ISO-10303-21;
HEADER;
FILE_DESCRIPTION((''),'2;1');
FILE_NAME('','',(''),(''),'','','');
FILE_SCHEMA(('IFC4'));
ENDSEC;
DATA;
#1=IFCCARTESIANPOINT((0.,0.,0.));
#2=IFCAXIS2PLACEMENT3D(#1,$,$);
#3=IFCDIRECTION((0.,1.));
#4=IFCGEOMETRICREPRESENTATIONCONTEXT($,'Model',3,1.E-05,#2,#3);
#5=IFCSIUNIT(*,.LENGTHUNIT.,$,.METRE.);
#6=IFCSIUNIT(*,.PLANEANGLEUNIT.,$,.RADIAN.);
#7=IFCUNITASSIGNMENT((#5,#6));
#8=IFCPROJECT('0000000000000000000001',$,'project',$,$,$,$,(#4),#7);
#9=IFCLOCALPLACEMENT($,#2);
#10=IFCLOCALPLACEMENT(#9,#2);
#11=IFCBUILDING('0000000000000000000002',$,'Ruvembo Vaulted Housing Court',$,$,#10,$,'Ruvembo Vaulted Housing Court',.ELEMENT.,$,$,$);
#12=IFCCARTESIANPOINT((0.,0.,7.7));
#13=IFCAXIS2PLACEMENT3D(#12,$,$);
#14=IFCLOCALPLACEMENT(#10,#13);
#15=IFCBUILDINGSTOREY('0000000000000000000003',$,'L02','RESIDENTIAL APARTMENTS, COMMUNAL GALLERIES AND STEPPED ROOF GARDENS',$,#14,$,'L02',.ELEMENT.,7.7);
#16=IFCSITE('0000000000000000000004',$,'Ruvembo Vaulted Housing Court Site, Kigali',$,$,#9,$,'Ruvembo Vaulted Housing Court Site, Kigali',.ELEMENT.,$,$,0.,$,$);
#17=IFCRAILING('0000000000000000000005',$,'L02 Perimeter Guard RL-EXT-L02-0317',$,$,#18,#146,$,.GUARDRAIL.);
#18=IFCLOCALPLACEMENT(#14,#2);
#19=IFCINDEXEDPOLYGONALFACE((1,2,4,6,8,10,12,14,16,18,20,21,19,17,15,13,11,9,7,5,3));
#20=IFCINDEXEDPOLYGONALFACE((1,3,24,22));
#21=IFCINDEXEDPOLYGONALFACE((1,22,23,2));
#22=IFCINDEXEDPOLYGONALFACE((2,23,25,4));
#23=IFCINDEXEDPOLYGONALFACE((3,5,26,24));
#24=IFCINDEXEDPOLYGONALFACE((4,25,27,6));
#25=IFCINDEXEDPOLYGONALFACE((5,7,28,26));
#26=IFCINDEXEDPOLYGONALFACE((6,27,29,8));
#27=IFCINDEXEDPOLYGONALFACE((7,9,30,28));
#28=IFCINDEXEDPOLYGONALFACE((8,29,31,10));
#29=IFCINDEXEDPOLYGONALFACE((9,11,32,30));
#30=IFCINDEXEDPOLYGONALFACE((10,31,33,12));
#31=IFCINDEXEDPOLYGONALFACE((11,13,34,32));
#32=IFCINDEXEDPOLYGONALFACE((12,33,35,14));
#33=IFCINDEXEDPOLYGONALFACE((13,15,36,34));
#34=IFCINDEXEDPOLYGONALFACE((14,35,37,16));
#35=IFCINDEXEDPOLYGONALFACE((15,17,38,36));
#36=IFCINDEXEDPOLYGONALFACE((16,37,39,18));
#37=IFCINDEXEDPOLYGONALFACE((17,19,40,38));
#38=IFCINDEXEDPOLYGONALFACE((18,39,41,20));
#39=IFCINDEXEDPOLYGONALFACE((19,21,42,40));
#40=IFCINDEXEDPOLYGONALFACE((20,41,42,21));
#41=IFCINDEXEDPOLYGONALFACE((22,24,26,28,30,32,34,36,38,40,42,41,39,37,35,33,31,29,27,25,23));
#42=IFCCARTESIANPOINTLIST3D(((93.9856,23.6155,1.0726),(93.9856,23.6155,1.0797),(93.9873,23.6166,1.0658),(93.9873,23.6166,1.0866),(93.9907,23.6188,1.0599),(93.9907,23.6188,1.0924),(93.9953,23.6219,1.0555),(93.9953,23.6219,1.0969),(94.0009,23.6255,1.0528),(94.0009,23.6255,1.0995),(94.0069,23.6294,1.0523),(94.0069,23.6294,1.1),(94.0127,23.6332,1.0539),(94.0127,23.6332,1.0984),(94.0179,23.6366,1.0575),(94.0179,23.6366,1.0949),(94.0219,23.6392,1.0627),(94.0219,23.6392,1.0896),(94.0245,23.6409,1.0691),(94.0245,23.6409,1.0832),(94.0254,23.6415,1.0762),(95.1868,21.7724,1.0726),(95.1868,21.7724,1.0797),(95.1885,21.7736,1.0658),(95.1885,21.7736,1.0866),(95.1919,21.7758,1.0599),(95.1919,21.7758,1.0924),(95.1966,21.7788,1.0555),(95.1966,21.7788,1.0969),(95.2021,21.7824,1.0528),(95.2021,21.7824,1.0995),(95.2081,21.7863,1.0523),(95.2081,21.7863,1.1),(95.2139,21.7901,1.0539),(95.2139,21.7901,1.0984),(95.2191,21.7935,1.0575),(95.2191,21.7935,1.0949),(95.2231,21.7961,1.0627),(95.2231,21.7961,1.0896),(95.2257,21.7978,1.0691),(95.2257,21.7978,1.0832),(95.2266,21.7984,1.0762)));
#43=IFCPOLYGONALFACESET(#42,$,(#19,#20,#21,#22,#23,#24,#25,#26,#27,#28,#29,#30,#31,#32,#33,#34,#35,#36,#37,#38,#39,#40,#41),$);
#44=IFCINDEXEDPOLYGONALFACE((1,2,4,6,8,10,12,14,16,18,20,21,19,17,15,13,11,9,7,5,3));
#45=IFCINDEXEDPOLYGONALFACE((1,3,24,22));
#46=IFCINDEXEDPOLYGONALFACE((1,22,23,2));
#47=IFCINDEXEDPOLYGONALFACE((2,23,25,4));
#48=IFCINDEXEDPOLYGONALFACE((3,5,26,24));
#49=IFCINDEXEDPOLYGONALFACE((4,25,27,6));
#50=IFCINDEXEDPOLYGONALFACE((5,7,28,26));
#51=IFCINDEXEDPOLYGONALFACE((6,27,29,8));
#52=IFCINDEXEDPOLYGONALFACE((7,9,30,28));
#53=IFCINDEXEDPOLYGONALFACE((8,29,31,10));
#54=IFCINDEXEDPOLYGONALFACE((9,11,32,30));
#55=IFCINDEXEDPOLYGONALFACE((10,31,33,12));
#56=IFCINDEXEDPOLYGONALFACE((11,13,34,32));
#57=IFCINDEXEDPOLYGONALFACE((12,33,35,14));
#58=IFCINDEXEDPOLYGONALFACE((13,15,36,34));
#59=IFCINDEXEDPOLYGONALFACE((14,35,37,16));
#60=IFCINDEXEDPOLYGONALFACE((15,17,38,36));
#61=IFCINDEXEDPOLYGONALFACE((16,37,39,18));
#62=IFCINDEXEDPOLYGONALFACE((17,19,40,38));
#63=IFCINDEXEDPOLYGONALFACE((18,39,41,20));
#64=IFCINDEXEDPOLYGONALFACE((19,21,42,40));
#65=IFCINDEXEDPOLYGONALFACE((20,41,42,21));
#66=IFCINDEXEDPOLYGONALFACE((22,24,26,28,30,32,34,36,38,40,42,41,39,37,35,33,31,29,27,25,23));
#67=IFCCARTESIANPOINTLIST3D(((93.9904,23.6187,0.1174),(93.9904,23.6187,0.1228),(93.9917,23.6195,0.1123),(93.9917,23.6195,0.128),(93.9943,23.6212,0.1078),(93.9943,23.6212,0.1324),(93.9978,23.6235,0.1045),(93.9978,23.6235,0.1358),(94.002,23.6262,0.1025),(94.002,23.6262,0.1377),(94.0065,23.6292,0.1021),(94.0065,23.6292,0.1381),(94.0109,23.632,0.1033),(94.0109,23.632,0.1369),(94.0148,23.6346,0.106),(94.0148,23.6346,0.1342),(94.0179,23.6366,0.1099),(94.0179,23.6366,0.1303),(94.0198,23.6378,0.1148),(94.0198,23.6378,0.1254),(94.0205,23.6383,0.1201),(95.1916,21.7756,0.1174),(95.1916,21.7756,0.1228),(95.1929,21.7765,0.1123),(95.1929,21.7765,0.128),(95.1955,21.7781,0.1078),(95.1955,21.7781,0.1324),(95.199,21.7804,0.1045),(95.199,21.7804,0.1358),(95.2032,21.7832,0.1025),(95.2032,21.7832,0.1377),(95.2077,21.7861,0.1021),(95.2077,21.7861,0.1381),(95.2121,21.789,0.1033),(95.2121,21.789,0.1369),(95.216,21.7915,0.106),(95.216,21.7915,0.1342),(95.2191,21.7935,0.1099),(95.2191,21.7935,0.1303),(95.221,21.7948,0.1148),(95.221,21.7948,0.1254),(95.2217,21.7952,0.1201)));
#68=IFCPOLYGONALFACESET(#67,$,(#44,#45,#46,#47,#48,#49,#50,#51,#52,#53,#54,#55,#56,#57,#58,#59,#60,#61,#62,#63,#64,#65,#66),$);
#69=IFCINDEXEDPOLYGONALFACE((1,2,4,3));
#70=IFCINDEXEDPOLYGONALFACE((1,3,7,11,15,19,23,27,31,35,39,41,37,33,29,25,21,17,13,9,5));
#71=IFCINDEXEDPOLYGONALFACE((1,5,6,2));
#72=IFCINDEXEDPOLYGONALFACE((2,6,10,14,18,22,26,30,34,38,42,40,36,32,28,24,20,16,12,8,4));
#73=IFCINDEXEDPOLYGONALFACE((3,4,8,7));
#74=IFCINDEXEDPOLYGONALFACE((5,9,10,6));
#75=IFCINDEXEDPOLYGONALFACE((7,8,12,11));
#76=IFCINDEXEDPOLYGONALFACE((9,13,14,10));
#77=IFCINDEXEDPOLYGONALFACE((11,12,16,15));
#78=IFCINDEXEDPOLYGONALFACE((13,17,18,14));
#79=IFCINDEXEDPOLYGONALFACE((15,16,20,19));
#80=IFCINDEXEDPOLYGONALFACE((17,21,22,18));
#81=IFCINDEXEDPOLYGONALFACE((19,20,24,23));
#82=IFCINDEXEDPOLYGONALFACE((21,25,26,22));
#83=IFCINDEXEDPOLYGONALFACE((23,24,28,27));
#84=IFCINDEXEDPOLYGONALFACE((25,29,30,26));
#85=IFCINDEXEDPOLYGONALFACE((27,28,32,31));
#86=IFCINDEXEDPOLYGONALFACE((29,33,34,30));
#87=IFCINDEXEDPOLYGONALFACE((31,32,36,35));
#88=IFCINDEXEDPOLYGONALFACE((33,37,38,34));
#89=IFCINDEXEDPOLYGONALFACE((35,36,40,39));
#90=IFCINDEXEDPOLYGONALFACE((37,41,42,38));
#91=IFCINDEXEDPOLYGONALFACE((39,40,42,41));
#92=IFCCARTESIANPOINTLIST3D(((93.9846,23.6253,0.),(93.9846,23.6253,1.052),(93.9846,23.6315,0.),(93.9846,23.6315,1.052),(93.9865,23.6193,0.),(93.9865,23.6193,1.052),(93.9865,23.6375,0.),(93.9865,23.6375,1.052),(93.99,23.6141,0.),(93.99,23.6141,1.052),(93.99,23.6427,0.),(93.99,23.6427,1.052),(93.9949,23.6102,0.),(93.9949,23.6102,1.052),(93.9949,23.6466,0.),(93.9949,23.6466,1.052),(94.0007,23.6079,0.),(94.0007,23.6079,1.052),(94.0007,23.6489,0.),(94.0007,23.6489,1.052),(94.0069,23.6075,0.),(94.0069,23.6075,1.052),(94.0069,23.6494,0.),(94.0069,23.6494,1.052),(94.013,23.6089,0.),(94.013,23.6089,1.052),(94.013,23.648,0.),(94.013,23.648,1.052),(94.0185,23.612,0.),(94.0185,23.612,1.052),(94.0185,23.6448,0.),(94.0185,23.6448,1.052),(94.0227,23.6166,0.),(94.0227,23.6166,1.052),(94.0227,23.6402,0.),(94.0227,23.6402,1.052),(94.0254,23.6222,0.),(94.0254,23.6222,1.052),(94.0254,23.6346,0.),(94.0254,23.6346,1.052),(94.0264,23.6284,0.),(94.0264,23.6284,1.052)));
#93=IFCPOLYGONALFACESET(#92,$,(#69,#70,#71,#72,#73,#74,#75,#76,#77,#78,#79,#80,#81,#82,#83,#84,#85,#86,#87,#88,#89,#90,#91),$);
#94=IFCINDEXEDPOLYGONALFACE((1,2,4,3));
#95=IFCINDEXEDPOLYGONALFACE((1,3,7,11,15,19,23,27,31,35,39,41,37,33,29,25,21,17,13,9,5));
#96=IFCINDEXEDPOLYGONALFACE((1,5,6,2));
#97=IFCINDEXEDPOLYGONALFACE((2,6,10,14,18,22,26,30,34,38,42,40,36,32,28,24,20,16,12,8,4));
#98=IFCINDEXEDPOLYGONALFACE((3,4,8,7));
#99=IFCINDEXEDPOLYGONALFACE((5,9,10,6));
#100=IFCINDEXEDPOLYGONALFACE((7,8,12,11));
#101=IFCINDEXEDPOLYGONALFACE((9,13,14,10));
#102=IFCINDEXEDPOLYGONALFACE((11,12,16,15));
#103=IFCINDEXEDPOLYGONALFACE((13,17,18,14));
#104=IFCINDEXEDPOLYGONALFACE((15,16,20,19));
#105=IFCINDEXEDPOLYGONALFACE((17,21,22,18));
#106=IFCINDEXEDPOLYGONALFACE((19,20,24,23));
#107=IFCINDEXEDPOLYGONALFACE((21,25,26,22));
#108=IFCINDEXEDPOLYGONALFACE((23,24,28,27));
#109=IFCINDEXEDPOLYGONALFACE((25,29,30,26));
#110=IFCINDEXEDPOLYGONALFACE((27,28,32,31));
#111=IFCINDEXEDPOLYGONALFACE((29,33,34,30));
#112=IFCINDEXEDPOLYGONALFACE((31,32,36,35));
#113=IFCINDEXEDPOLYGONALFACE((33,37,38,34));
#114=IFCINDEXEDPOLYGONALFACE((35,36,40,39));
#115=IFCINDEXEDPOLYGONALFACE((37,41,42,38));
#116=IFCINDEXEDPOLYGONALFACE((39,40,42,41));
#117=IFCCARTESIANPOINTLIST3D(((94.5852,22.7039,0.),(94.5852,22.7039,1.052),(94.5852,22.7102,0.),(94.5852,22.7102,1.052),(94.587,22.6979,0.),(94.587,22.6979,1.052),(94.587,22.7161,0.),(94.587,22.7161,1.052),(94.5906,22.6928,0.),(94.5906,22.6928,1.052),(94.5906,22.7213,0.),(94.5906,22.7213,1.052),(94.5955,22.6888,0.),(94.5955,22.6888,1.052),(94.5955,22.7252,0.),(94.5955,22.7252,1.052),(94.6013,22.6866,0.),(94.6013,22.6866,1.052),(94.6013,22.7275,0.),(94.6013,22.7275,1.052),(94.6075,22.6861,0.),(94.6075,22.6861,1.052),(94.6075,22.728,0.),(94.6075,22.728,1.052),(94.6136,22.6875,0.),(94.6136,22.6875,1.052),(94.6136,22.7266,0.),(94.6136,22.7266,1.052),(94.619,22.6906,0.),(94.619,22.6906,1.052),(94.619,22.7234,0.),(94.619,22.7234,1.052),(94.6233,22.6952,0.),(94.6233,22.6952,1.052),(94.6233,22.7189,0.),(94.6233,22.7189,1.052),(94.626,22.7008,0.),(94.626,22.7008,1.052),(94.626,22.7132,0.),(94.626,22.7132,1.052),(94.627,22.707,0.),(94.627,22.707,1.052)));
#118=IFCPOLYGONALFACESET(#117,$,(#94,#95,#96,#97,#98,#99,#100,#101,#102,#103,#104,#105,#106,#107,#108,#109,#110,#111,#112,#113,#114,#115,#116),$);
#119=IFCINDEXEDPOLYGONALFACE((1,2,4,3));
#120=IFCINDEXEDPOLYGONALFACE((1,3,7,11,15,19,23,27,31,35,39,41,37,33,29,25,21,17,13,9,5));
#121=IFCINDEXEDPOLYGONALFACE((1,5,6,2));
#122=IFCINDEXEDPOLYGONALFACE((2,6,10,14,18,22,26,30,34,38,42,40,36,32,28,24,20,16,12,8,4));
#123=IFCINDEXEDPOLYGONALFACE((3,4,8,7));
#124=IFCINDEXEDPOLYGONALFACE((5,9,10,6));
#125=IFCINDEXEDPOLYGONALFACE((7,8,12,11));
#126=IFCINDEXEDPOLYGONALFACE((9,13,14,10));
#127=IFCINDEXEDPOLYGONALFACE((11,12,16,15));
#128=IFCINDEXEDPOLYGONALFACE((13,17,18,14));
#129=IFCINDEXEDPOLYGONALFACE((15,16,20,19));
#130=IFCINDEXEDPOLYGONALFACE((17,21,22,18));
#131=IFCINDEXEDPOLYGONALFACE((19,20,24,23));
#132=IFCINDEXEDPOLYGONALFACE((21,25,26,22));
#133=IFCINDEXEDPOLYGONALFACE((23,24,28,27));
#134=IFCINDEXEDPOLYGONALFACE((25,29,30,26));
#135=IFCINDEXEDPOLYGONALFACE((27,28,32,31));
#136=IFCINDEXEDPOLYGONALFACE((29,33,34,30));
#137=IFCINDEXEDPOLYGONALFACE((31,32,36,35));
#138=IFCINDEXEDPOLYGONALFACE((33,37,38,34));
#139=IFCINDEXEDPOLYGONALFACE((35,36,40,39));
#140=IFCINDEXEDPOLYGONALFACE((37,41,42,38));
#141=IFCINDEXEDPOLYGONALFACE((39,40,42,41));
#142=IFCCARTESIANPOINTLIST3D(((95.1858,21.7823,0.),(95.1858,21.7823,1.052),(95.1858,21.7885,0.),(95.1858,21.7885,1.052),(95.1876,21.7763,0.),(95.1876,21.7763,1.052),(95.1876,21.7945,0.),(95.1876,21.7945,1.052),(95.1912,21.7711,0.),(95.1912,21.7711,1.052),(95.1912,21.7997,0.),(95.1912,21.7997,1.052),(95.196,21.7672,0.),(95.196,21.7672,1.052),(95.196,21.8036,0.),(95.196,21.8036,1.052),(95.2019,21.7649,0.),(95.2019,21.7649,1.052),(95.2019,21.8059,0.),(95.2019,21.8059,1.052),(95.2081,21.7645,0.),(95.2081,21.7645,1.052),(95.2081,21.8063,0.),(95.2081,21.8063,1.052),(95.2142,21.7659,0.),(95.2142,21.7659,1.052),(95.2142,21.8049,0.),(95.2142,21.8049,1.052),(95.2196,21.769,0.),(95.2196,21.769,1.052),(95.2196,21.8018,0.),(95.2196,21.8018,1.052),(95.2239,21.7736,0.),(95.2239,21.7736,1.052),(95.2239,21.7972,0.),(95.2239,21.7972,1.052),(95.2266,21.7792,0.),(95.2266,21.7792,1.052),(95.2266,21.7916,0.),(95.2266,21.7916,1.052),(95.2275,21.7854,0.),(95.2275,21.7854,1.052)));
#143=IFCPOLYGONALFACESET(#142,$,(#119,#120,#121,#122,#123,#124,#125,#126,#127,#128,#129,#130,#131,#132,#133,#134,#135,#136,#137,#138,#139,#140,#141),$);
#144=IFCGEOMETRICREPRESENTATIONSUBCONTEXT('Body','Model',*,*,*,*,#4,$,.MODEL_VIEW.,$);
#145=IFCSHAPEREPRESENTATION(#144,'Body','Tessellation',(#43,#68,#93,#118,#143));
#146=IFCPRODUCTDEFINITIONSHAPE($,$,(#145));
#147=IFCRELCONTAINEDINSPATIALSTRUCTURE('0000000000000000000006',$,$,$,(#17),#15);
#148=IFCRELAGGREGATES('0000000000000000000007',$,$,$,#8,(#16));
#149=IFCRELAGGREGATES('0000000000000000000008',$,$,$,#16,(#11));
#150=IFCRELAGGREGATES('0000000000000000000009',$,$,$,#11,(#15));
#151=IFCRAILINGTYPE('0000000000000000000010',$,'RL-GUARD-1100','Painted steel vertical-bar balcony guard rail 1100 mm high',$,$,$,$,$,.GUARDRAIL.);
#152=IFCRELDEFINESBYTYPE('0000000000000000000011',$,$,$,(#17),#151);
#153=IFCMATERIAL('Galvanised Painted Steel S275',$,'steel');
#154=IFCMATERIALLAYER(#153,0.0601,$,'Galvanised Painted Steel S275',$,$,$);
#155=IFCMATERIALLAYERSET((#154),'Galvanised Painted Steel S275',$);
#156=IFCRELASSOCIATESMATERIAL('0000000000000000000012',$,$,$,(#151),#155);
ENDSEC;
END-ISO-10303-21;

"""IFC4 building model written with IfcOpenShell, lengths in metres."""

from ifc_helpers import new_model, si_unit, direction, frame, origin, origin_2d, place, context, subcontext, project, spatial, circle, extrude, material, layer, layer_set, type_object, element, save


model = new_model("IFC4")

# Units and contexts
model_context = context("Model", 3, precision=1e-05, world=origin(), true_north=direction((0.0, 1.0)))
body_context = subcontext(model_context, "Body", "Model", "MODEL_VIEW")
ifc_project = project(units=[si_unit("LENGTHUNIT", "METRE"), si_unit("PLANEANGLEUNIT", "RADIAN")], contexts=[model_context])

# Site, building, storey
site_placement = place(None, origin())
site = spatial("IfcSite", under=ifc_project, at=site_placement, Name="Ruvembo Vaulted Housing Court Site, Kigali", LongName="Ruvembo Vaulted Housing Court Site, Kigali", CompositionType="ELEMENT", RefElevation=0.0)
building_placement = place(site_placement, origin())
building = spatial("IfcBuilding", under=site, at=building_placement, Name="Ruvembo Vaulted Housing Court", LongName="Ruvembo Vaulted Housing Court", CompositionType="ELEMENT")
storey_placement = place(building_placement, frame((0.0, 0.0, 7.7)))
storey = spatial("IfcBuildingStorey", under=building, at=storey_placement, Name="L02", Description="RESIDENTIAL APARTMENTS, COMMUNAL GALLERIES AND STEPPED ROOF GARDENS", LongName="L02", CompositionType="ELEMENT", Elevation=7.7)

# Railing
ifc_material_1 = material(Name="Galvanised Painted Steel S275", Category="steel")
ifc_layer_1 = layer(ifc_material_1, 0.0601, Name="Galvanised Painted Steel S275")
ifc_layer_set_1 = layer_set([ifc_layer_1], Name="Galvanised Painted Steel S275")
railing_type_1 = type_object("IfcRailingType", Name="RL-GUARD-1100", Description="Painted steel vertical-bar balcony guard rail 1100 mm high", PredefinedType="GUARDRAIL", material=ifc_layer_set_1)
railing_1_placement = place(storey_placement, frame((94.0054, 23.6284, 0.0)))
element("IfcRailing", 1, at=railing_1_placement, inside=storey, type_object=railing_type_1, Name="L02 Perimeter Guard RL-EXT-L02-0317", PredefinedType="GUARDRAIL", context=body_context, shape_type="SweptSolid", body=[
    extrude(circle(Radius=0.0239, at=origin_2d()), frame((0.0, 0.0, 1.0762), z_axis=(0.546014, -0.837776, 0.0), x_axis=(0.837776, 0.546014, 0.0)), (0.0, 0.0, 1.0), 2.2),
    extrude(circle(Radius=0.0181, at=origin_2d()), frame((0.0, 0.0, 0.1201), z_axis=(0.546014, -0.837776, 0.0), x_axis=(0.837776, 0.546014, 0.0)), (0.0, 0.0, 1.0), 2.2),
    extrude(circle(Radius=0.021, at=origin_2d()), origin(), (0.0, 0.0, 1.0), 1.052),
    extrude(circle(Radius=0.021, at=origin_2d()), frame((0.6006, -0.9214, 0.0)), (0.0, 0.0, 1.0), 1.052),
    extrude(circle(Radius=0.021, at=origin_2d()), frame((1.2012, -1.843, 0.0)), (0.0, 0.0, 1.0), 1.052),
])

save(model, "model.ifc")
